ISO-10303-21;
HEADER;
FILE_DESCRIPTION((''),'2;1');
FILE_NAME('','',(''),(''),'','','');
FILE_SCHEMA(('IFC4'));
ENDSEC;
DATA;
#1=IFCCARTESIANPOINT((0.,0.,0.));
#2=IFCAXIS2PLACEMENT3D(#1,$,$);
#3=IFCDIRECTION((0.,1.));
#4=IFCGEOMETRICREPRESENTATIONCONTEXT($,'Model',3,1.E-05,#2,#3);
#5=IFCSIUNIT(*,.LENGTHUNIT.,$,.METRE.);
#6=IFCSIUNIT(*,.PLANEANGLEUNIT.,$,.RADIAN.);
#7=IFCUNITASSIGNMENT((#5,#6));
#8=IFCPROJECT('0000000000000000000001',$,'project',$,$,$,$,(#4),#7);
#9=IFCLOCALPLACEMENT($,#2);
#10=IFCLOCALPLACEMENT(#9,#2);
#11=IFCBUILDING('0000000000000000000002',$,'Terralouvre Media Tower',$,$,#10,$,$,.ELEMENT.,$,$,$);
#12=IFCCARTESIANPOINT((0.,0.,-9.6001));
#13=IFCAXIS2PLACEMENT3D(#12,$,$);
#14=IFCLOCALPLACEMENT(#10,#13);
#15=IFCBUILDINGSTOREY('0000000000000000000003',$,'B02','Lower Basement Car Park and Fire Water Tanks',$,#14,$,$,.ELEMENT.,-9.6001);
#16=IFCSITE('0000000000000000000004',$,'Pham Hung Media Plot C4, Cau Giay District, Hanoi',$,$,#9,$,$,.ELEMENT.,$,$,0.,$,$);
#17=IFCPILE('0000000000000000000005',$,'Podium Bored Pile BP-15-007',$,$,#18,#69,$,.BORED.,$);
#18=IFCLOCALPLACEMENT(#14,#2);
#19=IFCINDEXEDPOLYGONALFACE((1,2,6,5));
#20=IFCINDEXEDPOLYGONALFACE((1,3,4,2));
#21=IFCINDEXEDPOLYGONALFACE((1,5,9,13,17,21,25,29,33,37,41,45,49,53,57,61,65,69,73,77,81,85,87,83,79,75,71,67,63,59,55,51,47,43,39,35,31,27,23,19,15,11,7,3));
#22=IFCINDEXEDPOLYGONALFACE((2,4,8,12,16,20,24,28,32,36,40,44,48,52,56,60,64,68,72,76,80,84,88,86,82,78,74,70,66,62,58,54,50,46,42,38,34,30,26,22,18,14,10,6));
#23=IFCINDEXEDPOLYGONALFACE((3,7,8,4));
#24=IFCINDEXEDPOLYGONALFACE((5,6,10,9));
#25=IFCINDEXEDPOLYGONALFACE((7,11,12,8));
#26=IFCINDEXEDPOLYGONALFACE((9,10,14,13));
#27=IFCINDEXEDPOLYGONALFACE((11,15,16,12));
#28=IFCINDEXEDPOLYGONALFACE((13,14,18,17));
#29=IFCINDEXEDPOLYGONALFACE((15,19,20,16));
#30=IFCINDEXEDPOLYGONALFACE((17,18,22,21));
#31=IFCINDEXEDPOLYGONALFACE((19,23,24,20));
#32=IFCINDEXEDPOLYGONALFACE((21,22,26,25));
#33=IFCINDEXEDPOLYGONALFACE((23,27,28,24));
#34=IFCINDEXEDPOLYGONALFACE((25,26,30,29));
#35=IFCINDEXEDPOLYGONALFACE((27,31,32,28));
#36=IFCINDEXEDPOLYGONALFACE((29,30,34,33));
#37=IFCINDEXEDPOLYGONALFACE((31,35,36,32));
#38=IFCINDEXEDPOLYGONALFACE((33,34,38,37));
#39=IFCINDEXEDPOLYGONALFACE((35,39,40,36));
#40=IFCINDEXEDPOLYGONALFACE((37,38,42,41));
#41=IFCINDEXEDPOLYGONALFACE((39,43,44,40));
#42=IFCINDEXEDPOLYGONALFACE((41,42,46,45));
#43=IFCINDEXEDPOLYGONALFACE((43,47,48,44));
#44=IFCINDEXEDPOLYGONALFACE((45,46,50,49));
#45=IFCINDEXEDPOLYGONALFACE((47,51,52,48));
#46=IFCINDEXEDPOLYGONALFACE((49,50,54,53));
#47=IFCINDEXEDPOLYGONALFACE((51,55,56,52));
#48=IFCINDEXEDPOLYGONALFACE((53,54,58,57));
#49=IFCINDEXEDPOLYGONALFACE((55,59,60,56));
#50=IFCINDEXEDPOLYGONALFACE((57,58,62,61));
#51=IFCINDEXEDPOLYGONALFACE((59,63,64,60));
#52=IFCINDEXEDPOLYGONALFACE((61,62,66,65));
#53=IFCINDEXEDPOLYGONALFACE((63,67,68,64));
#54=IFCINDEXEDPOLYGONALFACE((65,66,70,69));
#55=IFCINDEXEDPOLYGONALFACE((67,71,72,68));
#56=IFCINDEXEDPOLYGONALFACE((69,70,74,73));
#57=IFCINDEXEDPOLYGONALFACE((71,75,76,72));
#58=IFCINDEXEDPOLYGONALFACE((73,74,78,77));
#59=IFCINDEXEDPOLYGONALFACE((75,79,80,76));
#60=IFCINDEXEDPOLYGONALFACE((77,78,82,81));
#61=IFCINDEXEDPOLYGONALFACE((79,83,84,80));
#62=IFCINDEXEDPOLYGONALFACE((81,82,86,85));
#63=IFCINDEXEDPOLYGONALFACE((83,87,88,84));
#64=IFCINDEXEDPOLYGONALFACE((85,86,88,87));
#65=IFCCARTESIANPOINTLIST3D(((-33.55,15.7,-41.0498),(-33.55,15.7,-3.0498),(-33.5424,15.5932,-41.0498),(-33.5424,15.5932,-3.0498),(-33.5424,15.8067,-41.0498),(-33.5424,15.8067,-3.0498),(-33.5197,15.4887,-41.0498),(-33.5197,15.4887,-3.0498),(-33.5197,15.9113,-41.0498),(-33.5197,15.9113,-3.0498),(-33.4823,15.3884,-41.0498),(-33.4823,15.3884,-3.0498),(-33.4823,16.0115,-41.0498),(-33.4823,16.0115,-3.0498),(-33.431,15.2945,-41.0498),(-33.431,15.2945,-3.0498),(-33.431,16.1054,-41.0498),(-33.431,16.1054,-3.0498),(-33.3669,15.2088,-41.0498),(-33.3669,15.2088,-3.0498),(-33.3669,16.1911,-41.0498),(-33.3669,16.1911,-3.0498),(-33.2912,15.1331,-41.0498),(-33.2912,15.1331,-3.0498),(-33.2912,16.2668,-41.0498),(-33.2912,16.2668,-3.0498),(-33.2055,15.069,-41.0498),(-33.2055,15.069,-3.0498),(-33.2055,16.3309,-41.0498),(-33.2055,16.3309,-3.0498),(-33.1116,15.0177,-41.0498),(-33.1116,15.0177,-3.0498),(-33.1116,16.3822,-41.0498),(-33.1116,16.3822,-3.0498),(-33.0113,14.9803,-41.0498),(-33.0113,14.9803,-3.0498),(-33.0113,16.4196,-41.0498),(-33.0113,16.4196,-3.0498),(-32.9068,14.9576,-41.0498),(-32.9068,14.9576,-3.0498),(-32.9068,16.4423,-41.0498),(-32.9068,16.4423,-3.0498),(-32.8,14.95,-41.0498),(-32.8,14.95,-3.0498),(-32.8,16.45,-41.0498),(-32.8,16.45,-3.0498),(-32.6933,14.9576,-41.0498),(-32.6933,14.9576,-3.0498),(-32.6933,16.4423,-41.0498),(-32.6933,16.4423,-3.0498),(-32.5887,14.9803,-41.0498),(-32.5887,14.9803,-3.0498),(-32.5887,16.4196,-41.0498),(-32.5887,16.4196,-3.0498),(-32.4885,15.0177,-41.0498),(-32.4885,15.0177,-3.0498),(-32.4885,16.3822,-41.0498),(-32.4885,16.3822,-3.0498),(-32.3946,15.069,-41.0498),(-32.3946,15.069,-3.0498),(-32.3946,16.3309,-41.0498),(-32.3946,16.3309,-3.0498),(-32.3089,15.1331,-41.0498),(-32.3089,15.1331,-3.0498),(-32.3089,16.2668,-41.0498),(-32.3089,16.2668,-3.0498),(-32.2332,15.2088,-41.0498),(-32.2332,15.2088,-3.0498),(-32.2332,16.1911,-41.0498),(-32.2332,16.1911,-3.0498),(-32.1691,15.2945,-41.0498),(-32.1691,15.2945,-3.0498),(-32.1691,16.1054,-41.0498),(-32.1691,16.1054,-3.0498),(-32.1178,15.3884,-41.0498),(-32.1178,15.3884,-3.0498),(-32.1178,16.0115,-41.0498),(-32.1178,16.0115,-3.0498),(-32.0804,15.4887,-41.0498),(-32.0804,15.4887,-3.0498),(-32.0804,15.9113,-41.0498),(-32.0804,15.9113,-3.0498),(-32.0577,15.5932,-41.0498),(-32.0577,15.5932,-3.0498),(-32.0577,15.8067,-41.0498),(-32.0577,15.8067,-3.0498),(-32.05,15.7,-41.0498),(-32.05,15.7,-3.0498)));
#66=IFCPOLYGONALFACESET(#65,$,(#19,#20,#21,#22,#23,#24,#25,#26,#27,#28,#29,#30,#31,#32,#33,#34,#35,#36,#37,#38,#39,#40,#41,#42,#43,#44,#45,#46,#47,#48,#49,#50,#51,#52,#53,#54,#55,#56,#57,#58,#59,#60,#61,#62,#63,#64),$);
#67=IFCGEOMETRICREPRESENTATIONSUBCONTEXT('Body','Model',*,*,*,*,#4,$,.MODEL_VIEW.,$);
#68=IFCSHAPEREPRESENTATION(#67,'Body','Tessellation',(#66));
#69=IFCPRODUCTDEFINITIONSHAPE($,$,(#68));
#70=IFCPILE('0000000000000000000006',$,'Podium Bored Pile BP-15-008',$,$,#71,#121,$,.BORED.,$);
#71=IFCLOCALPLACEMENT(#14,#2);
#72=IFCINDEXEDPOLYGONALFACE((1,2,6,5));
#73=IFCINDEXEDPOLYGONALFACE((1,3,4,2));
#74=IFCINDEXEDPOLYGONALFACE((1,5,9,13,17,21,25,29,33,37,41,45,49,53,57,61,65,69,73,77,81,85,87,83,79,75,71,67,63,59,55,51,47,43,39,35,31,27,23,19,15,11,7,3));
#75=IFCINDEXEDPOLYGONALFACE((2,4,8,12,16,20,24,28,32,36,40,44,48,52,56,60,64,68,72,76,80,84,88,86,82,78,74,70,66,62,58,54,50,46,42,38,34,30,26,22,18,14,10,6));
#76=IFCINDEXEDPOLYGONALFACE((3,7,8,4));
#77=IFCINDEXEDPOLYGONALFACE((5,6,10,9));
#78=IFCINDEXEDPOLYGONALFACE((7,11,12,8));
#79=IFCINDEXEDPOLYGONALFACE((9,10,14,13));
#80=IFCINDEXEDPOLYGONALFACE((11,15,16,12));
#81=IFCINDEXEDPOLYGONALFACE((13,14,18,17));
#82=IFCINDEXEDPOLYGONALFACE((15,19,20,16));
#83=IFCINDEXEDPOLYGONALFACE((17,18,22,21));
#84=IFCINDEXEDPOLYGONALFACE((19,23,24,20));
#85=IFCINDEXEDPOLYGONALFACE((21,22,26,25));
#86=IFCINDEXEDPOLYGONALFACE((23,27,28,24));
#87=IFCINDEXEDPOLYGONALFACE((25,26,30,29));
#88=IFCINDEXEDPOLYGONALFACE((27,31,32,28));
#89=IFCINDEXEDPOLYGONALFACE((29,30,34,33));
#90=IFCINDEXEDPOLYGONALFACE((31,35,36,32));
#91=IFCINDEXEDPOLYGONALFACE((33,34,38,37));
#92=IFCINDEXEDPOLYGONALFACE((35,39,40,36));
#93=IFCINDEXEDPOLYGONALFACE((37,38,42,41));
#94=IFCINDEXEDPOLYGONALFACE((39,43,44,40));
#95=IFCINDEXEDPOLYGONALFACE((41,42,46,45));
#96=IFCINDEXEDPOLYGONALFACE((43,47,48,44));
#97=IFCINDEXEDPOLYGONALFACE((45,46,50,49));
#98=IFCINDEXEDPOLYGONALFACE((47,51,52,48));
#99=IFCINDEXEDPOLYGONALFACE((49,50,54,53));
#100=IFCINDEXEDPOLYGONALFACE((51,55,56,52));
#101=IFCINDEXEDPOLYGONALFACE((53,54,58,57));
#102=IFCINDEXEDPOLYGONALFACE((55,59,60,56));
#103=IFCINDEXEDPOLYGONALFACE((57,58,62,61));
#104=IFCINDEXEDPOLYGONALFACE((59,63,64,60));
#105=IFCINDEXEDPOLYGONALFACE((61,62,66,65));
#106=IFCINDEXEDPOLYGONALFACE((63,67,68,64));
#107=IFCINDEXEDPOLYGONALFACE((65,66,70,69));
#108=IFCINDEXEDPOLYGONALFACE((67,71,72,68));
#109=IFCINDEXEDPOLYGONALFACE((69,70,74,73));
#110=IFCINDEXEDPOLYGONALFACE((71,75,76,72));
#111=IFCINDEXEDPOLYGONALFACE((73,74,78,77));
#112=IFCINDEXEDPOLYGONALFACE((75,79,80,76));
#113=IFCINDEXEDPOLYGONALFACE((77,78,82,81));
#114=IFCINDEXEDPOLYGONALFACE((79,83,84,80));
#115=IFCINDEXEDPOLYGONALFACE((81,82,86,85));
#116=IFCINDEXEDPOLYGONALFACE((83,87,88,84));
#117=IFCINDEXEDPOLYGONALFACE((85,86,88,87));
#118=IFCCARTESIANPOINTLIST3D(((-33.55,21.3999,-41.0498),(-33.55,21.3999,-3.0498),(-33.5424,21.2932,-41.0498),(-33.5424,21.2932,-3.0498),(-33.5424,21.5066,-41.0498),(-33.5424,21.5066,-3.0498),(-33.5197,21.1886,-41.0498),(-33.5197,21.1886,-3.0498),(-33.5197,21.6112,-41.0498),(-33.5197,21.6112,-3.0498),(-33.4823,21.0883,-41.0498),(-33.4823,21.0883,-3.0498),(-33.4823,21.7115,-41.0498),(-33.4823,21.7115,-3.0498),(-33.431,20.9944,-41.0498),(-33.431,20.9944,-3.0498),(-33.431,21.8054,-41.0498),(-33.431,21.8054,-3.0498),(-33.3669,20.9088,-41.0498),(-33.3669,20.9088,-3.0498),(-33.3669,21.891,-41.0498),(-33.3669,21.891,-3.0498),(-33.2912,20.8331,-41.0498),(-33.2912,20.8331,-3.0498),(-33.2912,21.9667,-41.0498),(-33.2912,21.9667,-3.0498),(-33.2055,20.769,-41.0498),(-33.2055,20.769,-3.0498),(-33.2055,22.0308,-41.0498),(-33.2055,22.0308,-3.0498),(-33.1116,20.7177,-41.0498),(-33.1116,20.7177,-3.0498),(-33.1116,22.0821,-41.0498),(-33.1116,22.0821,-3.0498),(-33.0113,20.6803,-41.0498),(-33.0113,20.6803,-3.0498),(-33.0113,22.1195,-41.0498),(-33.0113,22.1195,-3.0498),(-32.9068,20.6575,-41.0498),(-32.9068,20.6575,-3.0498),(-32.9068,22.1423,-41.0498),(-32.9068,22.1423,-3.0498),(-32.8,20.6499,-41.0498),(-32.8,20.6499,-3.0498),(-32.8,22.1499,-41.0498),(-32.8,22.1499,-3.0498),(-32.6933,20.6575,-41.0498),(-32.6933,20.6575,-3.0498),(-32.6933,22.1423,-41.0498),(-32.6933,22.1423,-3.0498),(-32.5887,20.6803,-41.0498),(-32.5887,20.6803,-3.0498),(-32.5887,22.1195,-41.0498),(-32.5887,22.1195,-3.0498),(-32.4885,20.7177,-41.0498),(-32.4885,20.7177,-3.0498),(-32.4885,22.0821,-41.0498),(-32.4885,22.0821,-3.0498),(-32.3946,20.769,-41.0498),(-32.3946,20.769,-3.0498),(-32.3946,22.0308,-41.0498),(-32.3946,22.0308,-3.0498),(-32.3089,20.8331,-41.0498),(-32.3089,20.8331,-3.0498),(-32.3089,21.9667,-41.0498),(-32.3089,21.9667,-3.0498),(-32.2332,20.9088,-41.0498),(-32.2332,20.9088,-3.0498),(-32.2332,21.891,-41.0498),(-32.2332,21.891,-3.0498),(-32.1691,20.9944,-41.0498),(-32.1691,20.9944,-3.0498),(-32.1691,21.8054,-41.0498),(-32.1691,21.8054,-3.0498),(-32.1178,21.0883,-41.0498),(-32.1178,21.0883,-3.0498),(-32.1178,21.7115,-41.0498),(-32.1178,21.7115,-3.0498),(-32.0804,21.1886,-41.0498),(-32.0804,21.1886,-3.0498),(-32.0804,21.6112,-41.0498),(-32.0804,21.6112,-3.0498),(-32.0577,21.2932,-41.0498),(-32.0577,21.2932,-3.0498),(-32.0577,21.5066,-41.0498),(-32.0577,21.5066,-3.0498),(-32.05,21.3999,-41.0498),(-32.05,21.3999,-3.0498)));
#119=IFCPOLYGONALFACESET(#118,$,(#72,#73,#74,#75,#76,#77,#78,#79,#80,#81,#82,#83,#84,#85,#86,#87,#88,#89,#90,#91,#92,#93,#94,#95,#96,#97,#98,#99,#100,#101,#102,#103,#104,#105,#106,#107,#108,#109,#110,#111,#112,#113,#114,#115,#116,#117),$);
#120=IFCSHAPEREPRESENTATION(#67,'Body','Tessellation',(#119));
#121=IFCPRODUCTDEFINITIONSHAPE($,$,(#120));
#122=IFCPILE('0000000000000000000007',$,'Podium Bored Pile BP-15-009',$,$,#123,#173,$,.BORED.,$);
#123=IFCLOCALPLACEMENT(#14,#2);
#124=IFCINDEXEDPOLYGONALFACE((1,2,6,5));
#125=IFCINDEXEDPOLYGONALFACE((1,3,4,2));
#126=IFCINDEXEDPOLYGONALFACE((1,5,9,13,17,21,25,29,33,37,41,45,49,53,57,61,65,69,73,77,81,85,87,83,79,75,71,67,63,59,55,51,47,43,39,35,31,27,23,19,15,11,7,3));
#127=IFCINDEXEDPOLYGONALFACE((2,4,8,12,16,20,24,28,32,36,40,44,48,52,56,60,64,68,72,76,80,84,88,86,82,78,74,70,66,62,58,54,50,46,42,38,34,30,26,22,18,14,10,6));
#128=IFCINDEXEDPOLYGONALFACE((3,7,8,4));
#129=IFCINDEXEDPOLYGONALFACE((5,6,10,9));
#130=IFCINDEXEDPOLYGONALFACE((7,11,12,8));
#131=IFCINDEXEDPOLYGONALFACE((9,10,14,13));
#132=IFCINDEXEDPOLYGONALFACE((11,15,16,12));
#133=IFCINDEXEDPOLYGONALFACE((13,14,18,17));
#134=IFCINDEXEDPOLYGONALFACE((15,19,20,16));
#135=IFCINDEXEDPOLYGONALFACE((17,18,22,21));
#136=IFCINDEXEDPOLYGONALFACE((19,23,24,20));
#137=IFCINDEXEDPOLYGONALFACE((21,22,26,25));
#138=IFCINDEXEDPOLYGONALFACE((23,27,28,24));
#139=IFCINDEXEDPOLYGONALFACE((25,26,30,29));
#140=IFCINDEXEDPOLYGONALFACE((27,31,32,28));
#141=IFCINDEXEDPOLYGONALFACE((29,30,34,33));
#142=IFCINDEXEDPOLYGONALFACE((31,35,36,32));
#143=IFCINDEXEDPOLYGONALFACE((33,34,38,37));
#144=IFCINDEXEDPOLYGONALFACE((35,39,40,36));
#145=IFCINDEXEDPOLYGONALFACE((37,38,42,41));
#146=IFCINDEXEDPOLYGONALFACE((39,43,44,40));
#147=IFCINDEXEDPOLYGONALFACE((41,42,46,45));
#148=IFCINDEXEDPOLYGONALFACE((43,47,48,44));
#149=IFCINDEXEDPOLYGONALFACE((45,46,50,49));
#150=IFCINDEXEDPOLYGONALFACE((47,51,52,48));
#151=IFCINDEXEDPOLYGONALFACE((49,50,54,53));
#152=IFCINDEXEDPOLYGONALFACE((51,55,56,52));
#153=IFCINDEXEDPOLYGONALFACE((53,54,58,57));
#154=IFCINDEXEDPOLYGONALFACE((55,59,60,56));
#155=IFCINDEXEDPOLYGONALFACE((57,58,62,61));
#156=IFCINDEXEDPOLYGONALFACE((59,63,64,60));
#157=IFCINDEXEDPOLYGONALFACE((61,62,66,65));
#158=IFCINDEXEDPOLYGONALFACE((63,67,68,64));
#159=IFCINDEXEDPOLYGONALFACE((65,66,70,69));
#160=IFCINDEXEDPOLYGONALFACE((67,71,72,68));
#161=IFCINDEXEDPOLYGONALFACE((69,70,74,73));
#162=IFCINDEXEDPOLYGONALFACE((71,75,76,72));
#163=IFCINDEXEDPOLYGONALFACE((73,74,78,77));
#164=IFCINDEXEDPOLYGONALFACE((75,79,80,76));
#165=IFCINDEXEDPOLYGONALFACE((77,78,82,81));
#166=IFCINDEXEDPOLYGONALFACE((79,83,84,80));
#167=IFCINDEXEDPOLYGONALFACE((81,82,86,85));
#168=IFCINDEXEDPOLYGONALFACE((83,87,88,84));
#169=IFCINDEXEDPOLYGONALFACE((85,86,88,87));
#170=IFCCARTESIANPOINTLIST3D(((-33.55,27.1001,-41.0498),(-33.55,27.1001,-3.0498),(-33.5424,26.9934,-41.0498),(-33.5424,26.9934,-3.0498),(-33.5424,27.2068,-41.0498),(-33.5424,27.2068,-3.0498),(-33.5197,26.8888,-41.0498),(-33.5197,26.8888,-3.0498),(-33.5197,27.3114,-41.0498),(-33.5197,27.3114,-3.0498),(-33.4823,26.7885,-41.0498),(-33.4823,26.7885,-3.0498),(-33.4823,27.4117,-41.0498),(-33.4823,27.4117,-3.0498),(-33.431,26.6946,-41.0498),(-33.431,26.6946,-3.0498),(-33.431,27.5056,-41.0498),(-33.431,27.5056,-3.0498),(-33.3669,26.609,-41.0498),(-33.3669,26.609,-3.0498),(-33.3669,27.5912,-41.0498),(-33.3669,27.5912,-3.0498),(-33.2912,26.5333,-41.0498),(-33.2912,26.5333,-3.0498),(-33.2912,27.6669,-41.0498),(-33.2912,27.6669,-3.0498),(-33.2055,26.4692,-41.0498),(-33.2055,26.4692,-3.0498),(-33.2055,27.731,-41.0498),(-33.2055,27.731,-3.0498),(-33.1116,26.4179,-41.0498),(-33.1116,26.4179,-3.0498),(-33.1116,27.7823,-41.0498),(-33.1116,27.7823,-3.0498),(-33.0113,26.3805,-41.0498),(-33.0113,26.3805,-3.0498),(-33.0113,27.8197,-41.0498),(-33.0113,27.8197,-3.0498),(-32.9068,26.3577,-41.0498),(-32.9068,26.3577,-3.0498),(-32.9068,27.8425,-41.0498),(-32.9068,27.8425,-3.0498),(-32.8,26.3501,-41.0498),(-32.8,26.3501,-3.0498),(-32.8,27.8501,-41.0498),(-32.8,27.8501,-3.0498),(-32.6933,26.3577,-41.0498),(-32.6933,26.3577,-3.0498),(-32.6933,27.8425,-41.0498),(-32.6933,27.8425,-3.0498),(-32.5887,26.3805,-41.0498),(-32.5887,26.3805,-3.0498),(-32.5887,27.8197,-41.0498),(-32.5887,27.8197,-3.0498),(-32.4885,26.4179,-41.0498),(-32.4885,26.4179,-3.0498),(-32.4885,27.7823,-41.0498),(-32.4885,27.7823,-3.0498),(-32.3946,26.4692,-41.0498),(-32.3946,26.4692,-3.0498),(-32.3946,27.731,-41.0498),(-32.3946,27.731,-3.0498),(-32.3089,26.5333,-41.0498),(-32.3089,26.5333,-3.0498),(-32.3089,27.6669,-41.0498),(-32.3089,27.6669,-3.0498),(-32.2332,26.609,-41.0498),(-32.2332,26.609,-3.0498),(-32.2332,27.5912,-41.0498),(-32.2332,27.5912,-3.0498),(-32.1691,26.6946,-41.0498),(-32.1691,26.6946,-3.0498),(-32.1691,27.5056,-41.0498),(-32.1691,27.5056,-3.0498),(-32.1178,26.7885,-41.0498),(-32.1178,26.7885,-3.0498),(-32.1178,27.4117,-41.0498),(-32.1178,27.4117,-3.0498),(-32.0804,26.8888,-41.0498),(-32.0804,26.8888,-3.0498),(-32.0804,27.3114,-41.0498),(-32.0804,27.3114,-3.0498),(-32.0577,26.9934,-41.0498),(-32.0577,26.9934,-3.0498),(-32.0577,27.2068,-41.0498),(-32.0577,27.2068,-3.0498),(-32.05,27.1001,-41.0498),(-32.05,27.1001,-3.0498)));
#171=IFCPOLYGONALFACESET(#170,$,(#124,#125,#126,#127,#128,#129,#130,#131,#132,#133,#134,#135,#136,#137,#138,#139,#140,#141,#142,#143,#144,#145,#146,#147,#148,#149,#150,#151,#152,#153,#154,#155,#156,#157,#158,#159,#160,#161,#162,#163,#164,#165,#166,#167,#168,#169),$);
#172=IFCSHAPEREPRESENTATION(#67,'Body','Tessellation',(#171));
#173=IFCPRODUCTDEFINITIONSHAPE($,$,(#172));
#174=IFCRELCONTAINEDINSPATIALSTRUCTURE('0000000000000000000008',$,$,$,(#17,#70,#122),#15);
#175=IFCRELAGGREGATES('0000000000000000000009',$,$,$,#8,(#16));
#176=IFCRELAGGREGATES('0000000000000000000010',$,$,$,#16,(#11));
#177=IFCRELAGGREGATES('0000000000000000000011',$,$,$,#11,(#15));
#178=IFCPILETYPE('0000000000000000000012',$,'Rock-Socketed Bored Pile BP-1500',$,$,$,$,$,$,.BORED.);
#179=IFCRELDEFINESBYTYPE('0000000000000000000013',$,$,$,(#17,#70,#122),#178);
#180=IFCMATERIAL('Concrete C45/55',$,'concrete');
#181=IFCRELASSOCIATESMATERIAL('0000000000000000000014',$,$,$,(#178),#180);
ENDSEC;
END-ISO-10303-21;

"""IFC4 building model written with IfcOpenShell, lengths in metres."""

from ifc_helpers import new_model, si_unit, direction, frame, origin, origin_2d, place, context, subcontext, project, spatial, circle, extrude, material, material_profile, profile_set, type_object, element, save


model = new_model("IFC4")

# Units and contexts
model_context = context("Model", 3, precision=1e-05, world=origin(), true_north=direction((0.0, 1.0)))
body_context = subcontext(model_context, "Body", "Model", "MODEL_VIEW")
ifc_project = project(units=[si_unit("LENGTHUNIT", "METRE"), si_unit("PLANEANGLEUNIT", "RADIAN")], contexts=[model_context])

# Site, building, storey
site_placement = place(None, origin())
site = spatial("IfcSite", under=ifc_project, at=site_placement, Name="Pham Hung Media Plot C4, Cau Giay District, Hanoi", CompositionType="ELEMENT", RefElevation=0.0)
building_placement = place(site_placement, origin())
building = spatial("IfcBuilding", under=site, at=building_placement, Name="Terralouvre Media Tower", CompositionType="ELEMENT")
storey_placement = place(building_placement, frame((0.0, 0.0, -9.6001)))
storey = spatial("IfcBuildingStorey", under=building, at=storey_placement, Name="B02", Description="Lower Basement Car Park and Fire Water Tanks", CompositionType="ELEMENT", Elevation=-9.6001)

# Piles
ifc_material_1 = material(Name="Concrete C45/55", Category="concrete")
ifc_material_profile_1 = material_profile(ifc_material_1, circle(Radius=0.75, at=origin_2d()), Name="BORED PILE 1500")
ifc_profile_set_1 = profile_set([ifc_material_profile_1], Name="Concrete C45/55")
pile_type = type_object("IfcPileType", Name="Rock-Socketed Bored Pile BP-1500", PredefinedType="BORED", material=ifc_profile_set_1)
for number, where, z_axis, x_axis, name in (
    (1, (-32.8, 15.7, -3.0498), (0.0, 0.0, -1.0), (1.0, 0.0, 0.0), "Podium Bored Pile BP-15-007"),
    (2, (-32.8, 21.3999, -3.0498), (0.0, 0.0, -1.0), (1.0, 0.0, 0.0), "Podium Bored Pile BP-15-008"),
    (3, (-32.8, 27.1001, -3.0498), (0.0, 0.0, -1.0), (1.0, 0.0, 0.0), "Podium Bored Pile BP-15-009"),
):
    element("IfcPile", number, at=place(storey_placement, frame(where, z_axis=z_axis, x_axis=x_axis)), inside=storey, type_object=pile_type, Name=name, PredefinedType="BORED", context=body_context, shape_type="SweptSolid", body=[
        extrude(circle(Radius=0.75, at=origin_2d()), origin(), (0.0, 0.0, 1.0), 38.0),
    ])

save(model, "model.ifc")
